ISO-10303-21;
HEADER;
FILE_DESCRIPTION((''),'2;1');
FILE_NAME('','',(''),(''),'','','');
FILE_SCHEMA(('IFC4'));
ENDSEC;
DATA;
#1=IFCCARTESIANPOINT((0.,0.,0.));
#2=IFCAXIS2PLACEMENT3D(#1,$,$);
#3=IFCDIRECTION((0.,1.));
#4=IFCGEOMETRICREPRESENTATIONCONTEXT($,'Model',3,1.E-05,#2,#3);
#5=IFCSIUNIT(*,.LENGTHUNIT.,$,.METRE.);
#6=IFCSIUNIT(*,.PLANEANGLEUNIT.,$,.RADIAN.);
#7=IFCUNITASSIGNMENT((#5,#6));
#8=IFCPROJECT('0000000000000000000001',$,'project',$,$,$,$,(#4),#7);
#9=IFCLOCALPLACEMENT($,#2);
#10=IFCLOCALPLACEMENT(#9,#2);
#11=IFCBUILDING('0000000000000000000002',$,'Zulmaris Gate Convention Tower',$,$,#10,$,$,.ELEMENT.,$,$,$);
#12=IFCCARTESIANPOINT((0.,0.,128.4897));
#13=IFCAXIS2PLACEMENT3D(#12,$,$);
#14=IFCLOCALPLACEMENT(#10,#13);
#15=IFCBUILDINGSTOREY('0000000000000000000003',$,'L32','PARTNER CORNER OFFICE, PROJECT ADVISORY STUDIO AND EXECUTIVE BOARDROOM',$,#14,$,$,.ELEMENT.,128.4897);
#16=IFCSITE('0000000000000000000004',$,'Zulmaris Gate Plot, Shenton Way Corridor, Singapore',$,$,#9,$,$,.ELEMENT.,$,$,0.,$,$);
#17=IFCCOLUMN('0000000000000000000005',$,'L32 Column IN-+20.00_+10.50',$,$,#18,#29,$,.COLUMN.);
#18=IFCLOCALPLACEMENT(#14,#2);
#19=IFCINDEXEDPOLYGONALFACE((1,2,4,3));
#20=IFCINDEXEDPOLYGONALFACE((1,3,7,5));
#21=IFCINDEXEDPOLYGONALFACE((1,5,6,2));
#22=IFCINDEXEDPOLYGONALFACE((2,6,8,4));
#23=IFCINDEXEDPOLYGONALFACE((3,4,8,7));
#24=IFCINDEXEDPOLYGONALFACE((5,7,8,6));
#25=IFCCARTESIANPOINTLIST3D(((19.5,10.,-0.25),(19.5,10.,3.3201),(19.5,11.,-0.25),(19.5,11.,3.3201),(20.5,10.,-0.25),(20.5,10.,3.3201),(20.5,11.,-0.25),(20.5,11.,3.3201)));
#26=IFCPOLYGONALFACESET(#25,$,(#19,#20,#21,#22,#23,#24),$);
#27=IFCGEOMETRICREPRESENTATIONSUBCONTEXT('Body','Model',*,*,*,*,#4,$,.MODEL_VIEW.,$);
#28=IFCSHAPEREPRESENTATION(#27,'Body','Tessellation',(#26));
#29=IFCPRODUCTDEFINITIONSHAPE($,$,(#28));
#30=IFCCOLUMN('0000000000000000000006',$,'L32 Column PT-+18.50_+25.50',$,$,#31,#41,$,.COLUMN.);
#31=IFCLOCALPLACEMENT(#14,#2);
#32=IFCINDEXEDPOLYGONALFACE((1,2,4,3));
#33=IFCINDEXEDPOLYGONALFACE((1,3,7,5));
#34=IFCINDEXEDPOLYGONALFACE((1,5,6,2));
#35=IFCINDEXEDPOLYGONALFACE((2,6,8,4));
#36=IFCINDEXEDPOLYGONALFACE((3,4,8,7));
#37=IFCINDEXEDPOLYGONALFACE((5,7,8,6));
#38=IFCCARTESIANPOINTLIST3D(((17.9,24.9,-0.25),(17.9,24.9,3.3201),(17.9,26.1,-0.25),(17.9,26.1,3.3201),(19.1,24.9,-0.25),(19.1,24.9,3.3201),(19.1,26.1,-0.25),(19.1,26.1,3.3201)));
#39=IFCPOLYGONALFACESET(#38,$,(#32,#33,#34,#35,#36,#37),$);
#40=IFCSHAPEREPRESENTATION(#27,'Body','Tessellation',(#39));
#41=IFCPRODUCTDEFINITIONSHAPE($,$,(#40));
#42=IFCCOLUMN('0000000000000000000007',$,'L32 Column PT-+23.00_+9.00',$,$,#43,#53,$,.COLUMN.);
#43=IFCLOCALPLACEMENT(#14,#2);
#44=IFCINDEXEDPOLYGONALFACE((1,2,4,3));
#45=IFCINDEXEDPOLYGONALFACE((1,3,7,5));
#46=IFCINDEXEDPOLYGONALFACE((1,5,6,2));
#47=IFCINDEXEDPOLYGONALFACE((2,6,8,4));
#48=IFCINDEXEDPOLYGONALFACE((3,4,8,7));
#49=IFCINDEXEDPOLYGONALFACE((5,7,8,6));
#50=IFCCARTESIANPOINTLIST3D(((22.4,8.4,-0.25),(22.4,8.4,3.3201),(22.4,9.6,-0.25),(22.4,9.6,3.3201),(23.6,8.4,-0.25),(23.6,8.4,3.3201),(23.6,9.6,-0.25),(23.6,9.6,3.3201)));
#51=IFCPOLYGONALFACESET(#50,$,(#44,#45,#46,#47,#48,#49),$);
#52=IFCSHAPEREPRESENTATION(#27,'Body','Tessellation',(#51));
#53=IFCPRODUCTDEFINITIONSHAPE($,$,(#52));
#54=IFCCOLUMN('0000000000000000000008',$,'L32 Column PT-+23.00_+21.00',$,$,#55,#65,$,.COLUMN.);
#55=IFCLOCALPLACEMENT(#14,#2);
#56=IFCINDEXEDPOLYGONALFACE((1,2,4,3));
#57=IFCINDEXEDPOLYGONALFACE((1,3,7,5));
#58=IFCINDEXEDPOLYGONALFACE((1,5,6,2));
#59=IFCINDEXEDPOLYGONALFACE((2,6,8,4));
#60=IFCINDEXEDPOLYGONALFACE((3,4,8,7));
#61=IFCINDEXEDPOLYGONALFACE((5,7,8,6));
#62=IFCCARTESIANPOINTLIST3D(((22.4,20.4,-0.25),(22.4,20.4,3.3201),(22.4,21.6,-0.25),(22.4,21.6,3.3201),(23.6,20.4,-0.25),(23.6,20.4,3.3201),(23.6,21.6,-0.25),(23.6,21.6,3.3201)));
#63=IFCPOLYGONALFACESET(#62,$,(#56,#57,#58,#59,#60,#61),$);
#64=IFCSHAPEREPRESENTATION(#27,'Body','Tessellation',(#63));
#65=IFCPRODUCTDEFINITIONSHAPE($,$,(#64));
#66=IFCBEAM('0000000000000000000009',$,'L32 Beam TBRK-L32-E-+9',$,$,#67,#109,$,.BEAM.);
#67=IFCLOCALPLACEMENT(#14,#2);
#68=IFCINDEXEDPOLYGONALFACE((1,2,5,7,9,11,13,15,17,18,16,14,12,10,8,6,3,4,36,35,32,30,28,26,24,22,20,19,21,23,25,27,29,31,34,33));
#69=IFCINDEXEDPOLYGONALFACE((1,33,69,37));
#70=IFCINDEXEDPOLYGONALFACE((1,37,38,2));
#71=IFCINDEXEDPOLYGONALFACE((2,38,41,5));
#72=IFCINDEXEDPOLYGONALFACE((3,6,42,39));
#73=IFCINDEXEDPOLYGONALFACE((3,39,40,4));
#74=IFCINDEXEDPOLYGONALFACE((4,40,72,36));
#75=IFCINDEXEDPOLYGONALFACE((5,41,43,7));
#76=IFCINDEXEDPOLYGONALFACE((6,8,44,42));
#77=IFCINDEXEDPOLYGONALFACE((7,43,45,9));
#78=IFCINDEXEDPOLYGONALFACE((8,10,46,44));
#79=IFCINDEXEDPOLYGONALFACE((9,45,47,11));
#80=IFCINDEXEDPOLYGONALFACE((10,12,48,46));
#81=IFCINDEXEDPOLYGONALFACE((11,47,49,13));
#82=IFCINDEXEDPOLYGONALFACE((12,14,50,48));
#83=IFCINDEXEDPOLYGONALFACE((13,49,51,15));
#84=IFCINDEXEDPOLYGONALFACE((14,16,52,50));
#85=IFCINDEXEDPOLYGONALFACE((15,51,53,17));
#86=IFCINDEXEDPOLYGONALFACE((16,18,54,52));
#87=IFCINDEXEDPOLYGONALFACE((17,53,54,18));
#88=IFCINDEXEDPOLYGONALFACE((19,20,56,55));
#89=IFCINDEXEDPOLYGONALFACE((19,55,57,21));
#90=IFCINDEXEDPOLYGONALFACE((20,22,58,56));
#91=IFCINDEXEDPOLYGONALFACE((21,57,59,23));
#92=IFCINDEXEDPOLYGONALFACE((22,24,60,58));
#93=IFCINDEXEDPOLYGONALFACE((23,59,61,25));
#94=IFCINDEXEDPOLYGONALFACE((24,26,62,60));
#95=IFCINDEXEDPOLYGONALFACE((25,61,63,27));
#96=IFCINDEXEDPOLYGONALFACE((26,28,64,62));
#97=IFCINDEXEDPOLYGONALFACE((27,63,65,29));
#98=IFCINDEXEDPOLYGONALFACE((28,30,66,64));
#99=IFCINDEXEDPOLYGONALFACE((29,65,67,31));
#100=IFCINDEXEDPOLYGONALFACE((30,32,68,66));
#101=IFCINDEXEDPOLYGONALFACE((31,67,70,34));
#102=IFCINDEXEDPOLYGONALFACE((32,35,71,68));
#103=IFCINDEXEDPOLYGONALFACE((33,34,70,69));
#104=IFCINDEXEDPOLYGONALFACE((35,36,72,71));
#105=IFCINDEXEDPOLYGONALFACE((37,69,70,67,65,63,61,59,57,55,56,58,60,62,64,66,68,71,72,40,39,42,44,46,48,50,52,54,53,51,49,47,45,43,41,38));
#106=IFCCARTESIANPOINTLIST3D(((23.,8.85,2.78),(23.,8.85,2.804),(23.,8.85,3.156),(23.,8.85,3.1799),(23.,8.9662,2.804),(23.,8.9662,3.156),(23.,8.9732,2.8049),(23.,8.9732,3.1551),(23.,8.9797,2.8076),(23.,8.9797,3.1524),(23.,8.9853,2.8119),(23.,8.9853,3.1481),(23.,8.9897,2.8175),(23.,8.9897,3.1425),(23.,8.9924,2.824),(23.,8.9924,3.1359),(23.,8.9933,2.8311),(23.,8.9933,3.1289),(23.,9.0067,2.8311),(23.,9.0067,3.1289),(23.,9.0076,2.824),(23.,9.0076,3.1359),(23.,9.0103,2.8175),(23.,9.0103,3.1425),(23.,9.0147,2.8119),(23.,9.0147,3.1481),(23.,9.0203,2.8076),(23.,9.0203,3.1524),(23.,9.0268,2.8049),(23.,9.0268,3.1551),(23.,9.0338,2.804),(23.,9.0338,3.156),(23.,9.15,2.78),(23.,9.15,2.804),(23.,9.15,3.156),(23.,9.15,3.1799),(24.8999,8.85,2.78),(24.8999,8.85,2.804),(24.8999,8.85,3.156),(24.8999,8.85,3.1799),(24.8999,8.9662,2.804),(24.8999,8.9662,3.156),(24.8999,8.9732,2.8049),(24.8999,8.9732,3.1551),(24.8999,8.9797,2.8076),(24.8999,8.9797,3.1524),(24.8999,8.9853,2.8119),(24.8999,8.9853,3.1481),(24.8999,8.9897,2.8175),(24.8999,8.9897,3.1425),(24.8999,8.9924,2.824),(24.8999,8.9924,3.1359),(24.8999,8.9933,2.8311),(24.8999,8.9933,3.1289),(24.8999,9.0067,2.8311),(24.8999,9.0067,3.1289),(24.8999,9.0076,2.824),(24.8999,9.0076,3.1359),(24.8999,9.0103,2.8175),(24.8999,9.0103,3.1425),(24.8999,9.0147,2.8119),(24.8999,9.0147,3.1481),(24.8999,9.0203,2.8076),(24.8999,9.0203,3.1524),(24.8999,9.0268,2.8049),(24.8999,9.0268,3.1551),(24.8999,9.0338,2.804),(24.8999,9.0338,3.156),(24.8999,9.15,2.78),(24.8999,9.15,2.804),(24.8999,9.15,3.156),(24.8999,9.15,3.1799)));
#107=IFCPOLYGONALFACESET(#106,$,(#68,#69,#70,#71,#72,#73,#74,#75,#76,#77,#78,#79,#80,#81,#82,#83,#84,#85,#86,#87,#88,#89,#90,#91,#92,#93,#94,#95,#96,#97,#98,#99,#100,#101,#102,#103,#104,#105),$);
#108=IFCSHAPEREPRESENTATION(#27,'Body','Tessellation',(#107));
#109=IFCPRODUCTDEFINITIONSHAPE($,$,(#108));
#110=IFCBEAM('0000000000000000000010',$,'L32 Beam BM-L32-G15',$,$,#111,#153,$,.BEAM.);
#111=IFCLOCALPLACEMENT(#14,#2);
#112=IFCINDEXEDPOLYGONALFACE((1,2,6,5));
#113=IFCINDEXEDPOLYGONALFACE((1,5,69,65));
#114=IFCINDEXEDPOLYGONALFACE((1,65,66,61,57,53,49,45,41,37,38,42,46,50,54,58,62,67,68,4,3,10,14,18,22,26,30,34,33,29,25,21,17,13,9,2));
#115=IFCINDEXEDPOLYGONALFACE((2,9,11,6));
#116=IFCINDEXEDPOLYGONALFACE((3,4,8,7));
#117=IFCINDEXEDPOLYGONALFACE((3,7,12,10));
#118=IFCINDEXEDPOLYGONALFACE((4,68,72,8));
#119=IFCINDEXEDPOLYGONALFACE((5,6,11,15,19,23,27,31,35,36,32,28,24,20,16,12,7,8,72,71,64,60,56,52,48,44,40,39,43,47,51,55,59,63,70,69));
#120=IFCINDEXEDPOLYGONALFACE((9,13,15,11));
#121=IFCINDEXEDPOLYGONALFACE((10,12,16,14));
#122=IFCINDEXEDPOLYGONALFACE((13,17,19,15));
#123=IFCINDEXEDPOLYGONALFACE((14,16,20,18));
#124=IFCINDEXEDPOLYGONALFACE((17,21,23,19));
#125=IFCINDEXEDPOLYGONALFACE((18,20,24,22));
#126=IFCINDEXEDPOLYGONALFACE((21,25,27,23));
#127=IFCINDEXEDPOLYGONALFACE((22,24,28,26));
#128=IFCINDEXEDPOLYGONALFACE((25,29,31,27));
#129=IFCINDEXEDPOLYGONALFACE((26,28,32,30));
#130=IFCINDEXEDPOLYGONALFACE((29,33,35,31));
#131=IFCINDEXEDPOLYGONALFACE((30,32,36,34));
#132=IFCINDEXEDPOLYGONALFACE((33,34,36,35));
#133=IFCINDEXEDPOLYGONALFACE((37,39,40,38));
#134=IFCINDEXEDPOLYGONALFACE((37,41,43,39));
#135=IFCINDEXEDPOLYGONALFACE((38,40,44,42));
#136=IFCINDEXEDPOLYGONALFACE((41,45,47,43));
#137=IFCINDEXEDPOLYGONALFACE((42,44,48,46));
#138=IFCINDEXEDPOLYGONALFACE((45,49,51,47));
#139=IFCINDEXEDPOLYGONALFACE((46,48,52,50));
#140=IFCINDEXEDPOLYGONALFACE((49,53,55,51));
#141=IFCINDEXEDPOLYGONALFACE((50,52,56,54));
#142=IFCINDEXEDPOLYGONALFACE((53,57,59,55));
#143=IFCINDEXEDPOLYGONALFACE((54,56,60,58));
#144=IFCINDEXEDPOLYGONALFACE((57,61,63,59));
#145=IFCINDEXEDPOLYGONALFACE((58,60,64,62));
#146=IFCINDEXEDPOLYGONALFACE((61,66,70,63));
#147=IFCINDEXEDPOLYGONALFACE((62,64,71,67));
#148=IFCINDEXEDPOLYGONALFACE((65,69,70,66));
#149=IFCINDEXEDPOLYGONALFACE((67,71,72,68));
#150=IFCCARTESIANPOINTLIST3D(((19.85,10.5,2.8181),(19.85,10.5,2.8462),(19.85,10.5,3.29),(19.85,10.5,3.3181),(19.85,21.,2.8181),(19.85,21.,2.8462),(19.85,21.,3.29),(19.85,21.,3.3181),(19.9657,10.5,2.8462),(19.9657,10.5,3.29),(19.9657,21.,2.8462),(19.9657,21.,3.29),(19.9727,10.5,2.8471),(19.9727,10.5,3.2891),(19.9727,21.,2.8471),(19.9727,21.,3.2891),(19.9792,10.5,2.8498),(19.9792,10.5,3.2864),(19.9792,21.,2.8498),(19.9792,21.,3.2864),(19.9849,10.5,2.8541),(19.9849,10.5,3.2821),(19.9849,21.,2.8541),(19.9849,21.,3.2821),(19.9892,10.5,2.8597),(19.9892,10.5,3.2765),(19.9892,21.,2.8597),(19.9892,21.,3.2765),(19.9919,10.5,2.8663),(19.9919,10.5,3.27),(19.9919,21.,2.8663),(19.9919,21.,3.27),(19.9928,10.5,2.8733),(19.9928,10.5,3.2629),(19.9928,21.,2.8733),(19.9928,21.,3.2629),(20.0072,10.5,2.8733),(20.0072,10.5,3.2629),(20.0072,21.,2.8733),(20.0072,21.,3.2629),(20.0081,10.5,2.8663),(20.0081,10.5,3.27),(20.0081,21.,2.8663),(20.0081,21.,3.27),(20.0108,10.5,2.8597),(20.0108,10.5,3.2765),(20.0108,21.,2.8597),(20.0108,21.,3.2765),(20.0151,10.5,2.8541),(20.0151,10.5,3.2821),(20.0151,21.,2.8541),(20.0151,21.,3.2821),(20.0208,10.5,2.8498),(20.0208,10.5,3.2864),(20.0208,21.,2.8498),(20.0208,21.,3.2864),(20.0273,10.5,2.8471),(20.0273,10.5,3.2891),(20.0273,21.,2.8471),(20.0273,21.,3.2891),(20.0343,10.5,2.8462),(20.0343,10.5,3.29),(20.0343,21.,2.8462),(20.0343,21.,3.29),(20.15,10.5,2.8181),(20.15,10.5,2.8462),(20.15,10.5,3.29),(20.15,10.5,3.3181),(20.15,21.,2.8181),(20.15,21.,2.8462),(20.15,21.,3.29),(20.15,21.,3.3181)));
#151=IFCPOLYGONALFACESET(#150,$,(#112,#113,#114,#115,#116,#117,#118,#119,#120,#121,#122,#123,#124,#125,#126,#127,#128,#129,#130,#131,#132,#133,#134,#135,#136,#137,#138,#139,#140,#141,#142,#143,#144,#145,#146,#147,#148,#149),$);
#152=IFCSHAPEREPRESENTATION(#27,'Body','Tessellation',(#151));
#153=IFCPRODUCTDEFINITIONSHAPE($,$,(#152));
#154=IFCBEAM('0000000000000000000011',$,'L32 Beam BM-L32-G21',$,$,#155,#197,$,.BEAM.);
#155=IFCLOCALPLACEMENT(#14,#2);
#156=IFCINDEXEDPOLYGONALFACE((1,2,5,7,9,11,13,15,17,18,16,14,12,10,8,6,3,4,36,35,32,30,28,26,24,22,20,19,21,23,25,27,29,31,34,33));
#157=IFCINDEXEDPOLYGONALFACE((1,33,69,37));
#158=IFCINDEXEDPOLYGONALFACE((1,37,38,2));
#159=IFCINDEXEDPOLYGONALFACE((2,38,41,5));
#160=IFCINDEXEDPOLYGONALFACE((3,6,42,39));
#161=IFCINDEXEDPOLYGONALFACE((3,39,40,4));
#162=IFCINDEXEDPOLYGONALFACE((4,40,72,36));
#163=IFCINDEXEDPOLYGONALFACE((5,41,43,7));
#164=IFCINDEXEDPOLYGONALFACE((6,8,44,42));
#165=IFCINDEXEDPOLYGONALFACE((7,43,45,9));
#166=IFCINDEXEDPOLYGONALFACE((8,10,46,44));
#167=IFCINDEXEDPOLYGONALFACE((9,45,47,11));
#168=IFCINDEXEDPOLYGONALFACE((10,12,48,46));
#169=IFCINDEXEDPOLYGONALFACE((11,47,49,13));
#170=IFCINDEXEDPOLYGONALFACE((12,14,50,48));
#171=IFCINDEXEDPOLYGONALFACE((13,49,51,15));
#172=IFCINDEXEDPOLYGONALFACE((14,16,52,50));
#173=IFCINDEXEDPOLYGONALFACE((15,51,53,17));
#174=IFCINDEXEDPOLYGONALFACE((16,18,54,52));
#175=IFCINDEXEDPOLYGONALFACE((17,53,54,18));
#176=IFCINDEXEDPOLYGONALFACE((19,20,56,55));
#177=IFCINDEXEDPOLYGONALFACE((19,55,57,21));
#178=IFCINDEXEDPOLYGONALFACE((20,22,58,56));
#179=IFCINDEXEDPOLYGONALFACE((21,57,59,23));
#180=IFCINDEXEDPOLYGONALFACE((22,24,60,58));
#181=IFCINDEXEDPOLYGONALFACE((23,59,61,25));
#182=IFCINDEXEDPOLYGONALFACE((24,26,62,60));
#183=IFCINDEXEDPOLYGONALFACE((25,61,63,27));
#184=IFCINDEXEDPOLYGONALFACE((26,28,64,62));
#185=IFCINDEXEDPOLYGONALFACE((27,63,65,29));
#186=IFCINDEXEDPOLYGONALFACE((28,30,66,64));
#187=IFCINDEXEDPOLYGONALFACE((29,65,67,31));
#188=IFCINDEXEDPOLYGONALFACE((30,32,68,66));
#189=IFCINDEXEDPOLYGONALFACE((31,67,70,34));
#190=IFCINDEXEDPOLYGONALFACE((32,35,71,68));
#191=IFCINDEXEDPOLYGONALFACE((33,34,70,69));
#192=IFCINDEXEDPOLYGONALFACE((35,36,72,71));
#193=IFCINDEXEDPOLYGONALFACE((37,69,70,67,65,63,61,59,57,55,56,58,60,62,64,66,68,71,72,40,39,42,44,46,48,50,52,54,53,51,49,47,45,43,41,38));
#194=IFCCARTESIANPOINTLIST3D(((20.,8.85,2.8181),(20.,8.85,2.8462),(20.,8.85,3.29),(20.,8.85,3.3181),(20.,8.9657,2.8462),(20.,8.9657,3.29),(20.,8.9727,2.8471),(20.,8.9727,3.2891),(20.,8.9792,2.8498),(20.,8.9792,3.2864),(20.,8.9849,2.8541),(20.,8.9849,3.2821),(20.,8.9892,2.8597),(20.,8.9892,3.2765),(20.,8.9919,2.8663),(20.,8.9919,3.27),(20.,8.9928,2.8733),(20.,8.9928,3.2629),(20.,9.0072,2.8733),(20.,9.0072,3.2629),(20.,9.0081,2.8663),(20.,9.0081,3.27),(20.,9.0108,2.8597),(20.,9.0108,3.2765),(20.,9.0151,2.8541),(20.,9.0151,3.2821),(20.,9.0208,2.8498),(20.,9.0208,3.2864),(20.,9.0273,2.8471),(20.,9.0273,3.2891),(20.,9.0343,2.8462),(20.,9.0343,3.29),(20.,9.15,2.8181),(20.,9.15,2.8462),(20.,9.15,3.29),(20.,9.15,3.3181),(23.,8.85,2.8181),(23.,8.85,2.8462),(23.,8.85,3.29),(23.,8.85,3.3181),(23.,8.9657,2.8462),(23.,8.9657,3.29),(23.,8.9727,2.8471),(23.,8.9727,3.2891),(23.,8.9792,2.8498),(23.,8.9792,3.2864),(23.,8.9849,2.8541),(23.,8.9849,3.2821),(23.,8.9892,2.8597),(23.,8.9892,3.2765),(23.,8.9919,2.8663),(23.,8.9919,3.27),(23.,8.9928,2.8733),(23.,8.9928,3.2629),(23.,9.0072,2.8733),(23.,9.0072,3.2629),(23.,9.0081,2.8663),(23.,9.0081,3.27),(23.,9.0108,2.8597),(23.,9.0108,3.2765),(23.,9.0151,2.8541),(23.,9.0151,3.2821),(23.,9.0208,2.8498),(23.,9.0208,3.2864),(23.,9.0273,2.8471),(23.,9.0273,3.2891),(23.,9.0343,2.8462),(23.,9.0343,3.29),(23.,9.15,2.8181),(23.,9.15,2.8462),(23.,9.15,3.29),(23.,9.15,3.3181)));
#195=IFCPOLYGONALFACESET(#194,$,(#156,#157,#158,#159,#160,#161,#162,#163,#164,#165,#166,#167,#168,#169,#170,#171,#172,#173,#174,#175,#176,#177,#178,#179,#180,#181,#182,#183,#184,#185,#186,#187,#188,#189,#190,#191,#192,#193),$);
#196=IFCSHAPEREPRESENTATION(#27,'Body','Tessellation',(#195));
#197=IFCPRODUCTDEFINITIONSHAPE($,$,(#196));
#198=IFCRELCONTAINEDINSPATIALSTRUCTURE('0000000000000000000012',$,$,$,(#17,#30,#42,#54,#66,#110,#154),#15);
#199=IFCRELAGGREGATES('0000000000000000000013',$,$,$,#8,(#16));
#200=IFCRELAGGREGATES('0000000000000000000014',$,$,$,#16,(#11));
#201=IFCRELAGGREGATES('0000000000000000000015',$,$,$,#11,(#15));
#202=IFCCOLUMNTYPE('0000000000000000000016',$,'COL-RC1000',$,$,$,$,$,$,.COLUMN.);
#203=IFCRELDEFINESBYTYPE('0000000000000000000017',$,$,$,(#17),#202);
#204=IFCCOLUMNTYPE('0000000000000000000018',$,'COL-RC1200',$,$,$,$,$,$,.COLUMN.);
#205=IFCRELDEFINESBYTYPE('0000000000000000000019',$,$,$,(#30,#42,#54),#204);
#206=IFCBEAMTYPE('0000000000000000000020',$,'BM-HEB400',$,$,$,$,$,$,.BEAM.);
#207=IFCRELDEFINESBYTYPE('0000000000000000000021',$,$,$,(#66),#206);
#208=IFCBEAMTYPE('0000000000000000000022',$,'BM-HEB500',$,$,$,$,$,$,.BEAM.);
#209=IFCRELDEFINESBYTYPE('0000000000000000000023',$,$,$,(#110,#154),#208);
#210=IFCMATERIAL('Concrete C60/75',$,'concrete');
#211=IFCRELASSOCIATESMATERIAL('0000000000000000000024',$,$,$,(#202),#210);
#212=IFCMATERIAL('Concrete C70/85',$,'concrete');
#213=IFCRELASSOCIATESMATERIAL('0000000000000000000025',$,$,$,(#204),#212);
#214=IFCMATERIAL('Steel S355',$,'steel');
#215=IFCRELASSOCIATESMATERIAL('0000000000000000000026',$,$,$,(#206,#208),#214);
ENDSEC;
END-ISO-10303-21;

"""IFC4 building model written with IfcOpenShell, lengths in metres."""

from ifc_helpers import new_model, si_unit, direction, frame, origin, origin_2d, place, context, subcontext, project, spatial, rectangle, i_section, extrude, material, material_profile, profile_set, type_object, element, save


model = new_model("IFC4")

# Units and contexts
model_context = context("Model", 3, precision=1e-05, world=origin(), true_north=direction((0.0, 1.0)))
body_context = subcontext(model_context, "Body", "Model", "MODEL_VIEW")
ifc_project = project(units=[si_unit("LENGTHUNIT", "METRE"), si_unit("PLANEANGLEUNIT", "RADIAN")], contexts=[model_context])

# Site, building, storey
site_placement = place(None, origin())
site = spatial("IfcSite", under=ifc_project, at=site_placement, Name="Zulmaris Gate Plot, Shenton Way Corridor, Singapore", CompositionType="ELEMENT", RefElevation=0.0)
building_placement = place(site_placement, origin())
building = spatial("IfcBuilding", under=site, at=building_placement, Name="Zulmaris Gate Convention Tower", CompositionType="ELEMENT")
storey_placement = place(building_placement, frame((0.0, 0.0, 128.4897)))
storey = spatial("IfcBuildingStorey", under=building, at=storey_placement, Name="L32", Description="PARTNER CORNER OFFICE, PROJECT ADVISORY STUDIO AND EXECUTIVE BOARDROOM", CompositionType="ELEMENT", Elevation=128.4897)

# Columns
ifc_material_1 = material(Name="Concrete C60/75", Category="concrete")
ifc_material_profile_1 = material_profile(ifc_material_1, rectangle(XDim=1.0, YDim=1.0, at=origin_2d()), Name="RC COL 1000x1000")
ifc_profile_set_1 = profile_set([ifc_material_profile_1], Name="Concrete C60/75")
column_type_1 = type_object("IfcColumnType", Name="COL-RC1000", PredefinedType="COLUMN", material=ifc_profile_set_1)
column_placement = place(storey_placement, frame((20.0, 10.5, -0.25), z_axis=(0.0, 0.0, 1.0), x_axis=(1.0, 0.0, 0.0)))
element("IfcColumn", 1, at=column_placement, inside=storey, type_object=column_type_1, Name="L32 Column IN-+20.00_+10.50", PredefinedType="COLUMN", context=body_context, shape_type="SweptSolid", body=[
    extrude(rectangle(XDim=1.0, YDim=1.0, at=origin_2d()), origin(), (0.0, 0.0, 1.0), 3.5701),
])
ifc_material_2 = material(Name="Concrete C70/85", Category="concrete")
ifc_material_profile_2 = material_profile(ifc_material_2, rectangle(XDim=1.2, YDim=1.2, at=origin_2d()), Name="RC COL 1200x1200")
ifc_profile_set_2 = profile_set([ifc_material_profile_2], Name="Concrete C70/85")
column_type_2 = type_object("IfcColumnType", Name="COL-RC1200", PredefinedType="COLUMN", material=ifc_profile_set_2)
for number, where, z_axis, x_axis, name in (
    (2, (18.5, 25.5, -0.25), (0.0, 0.0, 1.0), (1.0, 0.0, 0.0), "L32 Column PT-+18.50_+25.50"),
    (3, (23.0, 9.0, -0.25), (0.0, 0.0, 1.0), (1.0, 0.0, 0.0), "L32 Column PT-+23.00_+9.00"),
    (4, (23.0, 21.0, -0.25), (0.0, 0.0, 1.0), (1.0, 0.0, 0.0), "L32 Column PT-+23.00_+21.00"),
):
    element("IfcColumn", number, at=place(storey_placement, frame(where, z_axis=z_axis, x_axis=x_axis)), inside=storey, type_object=column_type_2, Name=name, PredefinedType="COLUMN", context=body_context, shape_type="SweptSolid", body=[
        extrude(rectangle(XDim=1.2, YDim=1.2, at=origin_2d()), origin(), (0.0, 0.0, 1.0), 3.5701),
    ])

# Beams
ifc_material_3 = material(Name="Steel S355", Category="steel")
ifc_material_profile_3 = material_profile(ifc_material_3, i_section(OverallWidth=0.3, OverallDepth=0.3999, WebThickness=0.0134, FlangeThickness=0.0239, FilletRadius=0.0271, at=origin_2d()), Name="HEB 400")
ifc_profile_set_3 = profile_set([ifc_material_profile_3], Name="Steel S355")
beam_type_1 = type_object("IfcBeamType", Name="BM-HEB400", PredefinedType="BEAM", material=ifc_profile_set_3)
beam_1_placement = place(storey_placement, frame((23.0, 9.0, 2.98), z_axis=(1.0, 0.0, 0.0), x_axis=(0.0, 1.0, 0.0)))
element("IfcBeam", 5, at=beam_1_placement, inside=storey, type_object=beam_type_1, Name="L32 Beam TBRK-L32-E-+9", PredefinedType="BEAM", context=body_context, shape_type="SweptSolid", body=[
    extrude(i_section(OverallWidth=0.3, OverallDepth=0.3999, WebThickness=0.0134, FlangeThickness=0.0239, FilletRadius=0.0271, at=origin_2d()), origin(), (0.0, 0.0, 1.0), 1.8999),
])
ifc_material_profile_4 = material_profile(ifc_material_3, i_section(OverallWidth=0.3, OverallDepth=0.5, WebThickness=0.0144, FlangeThickness=0.0281, FilletRadius=0.0271, at=origin_2d()), Name="HEB 500")
ifc_profile_set_4 = profile_set([ifc_material_profile_4], Name="Steel S355")
beam_type_2 = type_object("IfcBeamType", Name="BM-HEB500", PredefinedType="BEAM", material=ifc_profile_set_4)
beam_2_placement = place(storey_placement, frame((20.0, 10.5, 3.0681), z_axis=(0.0, 1.0, 0.0), x_axis=(-1.0, 0.0, 0.0)))
element("IfcBeam", 6, at=beam_2_placement, inside=storey, type_object=beam_type_2, Name="L32 Beam BM-L32-G15", PredefinedType="BEAM", context=body_context, shape_type="SweptSolid", body=[
    extrude(i_section(OverallWidth=0.3, OverallDepth=0.5, WebThickness=0.0144, FlangeThickness=0.0281, FilletRadius=0.0271, at=origin_2d()), origin(), (0.0, 0.0, 1.0), 10.5),
])
beam_3_placement = place(storey_placement, frame((20.0, 9.0, 3.0681), z_axis=(1.0, 0.0, 0.0), x_axis=(0.0, 1.0, 0.0)))
element("IfcBeam", 7, at=beam_3_placement, inside=storey, type_object=beam_type_2, Name="L32 Beam BM-L32-G21", PredefinedType="BEAM", context=body_context, shape_type="SweptSolid", body=[
    extrude(i_section(OverallWidth=0.3, OverallDepth=0.5, WebThickness=0.0144, FlangeThickness=0.0281, FilletRadius=0.0271, at=origin_2d()), origin(), (0.0, 0.0, 1.0), 3.0),
])

save(model, "model.ifc")
